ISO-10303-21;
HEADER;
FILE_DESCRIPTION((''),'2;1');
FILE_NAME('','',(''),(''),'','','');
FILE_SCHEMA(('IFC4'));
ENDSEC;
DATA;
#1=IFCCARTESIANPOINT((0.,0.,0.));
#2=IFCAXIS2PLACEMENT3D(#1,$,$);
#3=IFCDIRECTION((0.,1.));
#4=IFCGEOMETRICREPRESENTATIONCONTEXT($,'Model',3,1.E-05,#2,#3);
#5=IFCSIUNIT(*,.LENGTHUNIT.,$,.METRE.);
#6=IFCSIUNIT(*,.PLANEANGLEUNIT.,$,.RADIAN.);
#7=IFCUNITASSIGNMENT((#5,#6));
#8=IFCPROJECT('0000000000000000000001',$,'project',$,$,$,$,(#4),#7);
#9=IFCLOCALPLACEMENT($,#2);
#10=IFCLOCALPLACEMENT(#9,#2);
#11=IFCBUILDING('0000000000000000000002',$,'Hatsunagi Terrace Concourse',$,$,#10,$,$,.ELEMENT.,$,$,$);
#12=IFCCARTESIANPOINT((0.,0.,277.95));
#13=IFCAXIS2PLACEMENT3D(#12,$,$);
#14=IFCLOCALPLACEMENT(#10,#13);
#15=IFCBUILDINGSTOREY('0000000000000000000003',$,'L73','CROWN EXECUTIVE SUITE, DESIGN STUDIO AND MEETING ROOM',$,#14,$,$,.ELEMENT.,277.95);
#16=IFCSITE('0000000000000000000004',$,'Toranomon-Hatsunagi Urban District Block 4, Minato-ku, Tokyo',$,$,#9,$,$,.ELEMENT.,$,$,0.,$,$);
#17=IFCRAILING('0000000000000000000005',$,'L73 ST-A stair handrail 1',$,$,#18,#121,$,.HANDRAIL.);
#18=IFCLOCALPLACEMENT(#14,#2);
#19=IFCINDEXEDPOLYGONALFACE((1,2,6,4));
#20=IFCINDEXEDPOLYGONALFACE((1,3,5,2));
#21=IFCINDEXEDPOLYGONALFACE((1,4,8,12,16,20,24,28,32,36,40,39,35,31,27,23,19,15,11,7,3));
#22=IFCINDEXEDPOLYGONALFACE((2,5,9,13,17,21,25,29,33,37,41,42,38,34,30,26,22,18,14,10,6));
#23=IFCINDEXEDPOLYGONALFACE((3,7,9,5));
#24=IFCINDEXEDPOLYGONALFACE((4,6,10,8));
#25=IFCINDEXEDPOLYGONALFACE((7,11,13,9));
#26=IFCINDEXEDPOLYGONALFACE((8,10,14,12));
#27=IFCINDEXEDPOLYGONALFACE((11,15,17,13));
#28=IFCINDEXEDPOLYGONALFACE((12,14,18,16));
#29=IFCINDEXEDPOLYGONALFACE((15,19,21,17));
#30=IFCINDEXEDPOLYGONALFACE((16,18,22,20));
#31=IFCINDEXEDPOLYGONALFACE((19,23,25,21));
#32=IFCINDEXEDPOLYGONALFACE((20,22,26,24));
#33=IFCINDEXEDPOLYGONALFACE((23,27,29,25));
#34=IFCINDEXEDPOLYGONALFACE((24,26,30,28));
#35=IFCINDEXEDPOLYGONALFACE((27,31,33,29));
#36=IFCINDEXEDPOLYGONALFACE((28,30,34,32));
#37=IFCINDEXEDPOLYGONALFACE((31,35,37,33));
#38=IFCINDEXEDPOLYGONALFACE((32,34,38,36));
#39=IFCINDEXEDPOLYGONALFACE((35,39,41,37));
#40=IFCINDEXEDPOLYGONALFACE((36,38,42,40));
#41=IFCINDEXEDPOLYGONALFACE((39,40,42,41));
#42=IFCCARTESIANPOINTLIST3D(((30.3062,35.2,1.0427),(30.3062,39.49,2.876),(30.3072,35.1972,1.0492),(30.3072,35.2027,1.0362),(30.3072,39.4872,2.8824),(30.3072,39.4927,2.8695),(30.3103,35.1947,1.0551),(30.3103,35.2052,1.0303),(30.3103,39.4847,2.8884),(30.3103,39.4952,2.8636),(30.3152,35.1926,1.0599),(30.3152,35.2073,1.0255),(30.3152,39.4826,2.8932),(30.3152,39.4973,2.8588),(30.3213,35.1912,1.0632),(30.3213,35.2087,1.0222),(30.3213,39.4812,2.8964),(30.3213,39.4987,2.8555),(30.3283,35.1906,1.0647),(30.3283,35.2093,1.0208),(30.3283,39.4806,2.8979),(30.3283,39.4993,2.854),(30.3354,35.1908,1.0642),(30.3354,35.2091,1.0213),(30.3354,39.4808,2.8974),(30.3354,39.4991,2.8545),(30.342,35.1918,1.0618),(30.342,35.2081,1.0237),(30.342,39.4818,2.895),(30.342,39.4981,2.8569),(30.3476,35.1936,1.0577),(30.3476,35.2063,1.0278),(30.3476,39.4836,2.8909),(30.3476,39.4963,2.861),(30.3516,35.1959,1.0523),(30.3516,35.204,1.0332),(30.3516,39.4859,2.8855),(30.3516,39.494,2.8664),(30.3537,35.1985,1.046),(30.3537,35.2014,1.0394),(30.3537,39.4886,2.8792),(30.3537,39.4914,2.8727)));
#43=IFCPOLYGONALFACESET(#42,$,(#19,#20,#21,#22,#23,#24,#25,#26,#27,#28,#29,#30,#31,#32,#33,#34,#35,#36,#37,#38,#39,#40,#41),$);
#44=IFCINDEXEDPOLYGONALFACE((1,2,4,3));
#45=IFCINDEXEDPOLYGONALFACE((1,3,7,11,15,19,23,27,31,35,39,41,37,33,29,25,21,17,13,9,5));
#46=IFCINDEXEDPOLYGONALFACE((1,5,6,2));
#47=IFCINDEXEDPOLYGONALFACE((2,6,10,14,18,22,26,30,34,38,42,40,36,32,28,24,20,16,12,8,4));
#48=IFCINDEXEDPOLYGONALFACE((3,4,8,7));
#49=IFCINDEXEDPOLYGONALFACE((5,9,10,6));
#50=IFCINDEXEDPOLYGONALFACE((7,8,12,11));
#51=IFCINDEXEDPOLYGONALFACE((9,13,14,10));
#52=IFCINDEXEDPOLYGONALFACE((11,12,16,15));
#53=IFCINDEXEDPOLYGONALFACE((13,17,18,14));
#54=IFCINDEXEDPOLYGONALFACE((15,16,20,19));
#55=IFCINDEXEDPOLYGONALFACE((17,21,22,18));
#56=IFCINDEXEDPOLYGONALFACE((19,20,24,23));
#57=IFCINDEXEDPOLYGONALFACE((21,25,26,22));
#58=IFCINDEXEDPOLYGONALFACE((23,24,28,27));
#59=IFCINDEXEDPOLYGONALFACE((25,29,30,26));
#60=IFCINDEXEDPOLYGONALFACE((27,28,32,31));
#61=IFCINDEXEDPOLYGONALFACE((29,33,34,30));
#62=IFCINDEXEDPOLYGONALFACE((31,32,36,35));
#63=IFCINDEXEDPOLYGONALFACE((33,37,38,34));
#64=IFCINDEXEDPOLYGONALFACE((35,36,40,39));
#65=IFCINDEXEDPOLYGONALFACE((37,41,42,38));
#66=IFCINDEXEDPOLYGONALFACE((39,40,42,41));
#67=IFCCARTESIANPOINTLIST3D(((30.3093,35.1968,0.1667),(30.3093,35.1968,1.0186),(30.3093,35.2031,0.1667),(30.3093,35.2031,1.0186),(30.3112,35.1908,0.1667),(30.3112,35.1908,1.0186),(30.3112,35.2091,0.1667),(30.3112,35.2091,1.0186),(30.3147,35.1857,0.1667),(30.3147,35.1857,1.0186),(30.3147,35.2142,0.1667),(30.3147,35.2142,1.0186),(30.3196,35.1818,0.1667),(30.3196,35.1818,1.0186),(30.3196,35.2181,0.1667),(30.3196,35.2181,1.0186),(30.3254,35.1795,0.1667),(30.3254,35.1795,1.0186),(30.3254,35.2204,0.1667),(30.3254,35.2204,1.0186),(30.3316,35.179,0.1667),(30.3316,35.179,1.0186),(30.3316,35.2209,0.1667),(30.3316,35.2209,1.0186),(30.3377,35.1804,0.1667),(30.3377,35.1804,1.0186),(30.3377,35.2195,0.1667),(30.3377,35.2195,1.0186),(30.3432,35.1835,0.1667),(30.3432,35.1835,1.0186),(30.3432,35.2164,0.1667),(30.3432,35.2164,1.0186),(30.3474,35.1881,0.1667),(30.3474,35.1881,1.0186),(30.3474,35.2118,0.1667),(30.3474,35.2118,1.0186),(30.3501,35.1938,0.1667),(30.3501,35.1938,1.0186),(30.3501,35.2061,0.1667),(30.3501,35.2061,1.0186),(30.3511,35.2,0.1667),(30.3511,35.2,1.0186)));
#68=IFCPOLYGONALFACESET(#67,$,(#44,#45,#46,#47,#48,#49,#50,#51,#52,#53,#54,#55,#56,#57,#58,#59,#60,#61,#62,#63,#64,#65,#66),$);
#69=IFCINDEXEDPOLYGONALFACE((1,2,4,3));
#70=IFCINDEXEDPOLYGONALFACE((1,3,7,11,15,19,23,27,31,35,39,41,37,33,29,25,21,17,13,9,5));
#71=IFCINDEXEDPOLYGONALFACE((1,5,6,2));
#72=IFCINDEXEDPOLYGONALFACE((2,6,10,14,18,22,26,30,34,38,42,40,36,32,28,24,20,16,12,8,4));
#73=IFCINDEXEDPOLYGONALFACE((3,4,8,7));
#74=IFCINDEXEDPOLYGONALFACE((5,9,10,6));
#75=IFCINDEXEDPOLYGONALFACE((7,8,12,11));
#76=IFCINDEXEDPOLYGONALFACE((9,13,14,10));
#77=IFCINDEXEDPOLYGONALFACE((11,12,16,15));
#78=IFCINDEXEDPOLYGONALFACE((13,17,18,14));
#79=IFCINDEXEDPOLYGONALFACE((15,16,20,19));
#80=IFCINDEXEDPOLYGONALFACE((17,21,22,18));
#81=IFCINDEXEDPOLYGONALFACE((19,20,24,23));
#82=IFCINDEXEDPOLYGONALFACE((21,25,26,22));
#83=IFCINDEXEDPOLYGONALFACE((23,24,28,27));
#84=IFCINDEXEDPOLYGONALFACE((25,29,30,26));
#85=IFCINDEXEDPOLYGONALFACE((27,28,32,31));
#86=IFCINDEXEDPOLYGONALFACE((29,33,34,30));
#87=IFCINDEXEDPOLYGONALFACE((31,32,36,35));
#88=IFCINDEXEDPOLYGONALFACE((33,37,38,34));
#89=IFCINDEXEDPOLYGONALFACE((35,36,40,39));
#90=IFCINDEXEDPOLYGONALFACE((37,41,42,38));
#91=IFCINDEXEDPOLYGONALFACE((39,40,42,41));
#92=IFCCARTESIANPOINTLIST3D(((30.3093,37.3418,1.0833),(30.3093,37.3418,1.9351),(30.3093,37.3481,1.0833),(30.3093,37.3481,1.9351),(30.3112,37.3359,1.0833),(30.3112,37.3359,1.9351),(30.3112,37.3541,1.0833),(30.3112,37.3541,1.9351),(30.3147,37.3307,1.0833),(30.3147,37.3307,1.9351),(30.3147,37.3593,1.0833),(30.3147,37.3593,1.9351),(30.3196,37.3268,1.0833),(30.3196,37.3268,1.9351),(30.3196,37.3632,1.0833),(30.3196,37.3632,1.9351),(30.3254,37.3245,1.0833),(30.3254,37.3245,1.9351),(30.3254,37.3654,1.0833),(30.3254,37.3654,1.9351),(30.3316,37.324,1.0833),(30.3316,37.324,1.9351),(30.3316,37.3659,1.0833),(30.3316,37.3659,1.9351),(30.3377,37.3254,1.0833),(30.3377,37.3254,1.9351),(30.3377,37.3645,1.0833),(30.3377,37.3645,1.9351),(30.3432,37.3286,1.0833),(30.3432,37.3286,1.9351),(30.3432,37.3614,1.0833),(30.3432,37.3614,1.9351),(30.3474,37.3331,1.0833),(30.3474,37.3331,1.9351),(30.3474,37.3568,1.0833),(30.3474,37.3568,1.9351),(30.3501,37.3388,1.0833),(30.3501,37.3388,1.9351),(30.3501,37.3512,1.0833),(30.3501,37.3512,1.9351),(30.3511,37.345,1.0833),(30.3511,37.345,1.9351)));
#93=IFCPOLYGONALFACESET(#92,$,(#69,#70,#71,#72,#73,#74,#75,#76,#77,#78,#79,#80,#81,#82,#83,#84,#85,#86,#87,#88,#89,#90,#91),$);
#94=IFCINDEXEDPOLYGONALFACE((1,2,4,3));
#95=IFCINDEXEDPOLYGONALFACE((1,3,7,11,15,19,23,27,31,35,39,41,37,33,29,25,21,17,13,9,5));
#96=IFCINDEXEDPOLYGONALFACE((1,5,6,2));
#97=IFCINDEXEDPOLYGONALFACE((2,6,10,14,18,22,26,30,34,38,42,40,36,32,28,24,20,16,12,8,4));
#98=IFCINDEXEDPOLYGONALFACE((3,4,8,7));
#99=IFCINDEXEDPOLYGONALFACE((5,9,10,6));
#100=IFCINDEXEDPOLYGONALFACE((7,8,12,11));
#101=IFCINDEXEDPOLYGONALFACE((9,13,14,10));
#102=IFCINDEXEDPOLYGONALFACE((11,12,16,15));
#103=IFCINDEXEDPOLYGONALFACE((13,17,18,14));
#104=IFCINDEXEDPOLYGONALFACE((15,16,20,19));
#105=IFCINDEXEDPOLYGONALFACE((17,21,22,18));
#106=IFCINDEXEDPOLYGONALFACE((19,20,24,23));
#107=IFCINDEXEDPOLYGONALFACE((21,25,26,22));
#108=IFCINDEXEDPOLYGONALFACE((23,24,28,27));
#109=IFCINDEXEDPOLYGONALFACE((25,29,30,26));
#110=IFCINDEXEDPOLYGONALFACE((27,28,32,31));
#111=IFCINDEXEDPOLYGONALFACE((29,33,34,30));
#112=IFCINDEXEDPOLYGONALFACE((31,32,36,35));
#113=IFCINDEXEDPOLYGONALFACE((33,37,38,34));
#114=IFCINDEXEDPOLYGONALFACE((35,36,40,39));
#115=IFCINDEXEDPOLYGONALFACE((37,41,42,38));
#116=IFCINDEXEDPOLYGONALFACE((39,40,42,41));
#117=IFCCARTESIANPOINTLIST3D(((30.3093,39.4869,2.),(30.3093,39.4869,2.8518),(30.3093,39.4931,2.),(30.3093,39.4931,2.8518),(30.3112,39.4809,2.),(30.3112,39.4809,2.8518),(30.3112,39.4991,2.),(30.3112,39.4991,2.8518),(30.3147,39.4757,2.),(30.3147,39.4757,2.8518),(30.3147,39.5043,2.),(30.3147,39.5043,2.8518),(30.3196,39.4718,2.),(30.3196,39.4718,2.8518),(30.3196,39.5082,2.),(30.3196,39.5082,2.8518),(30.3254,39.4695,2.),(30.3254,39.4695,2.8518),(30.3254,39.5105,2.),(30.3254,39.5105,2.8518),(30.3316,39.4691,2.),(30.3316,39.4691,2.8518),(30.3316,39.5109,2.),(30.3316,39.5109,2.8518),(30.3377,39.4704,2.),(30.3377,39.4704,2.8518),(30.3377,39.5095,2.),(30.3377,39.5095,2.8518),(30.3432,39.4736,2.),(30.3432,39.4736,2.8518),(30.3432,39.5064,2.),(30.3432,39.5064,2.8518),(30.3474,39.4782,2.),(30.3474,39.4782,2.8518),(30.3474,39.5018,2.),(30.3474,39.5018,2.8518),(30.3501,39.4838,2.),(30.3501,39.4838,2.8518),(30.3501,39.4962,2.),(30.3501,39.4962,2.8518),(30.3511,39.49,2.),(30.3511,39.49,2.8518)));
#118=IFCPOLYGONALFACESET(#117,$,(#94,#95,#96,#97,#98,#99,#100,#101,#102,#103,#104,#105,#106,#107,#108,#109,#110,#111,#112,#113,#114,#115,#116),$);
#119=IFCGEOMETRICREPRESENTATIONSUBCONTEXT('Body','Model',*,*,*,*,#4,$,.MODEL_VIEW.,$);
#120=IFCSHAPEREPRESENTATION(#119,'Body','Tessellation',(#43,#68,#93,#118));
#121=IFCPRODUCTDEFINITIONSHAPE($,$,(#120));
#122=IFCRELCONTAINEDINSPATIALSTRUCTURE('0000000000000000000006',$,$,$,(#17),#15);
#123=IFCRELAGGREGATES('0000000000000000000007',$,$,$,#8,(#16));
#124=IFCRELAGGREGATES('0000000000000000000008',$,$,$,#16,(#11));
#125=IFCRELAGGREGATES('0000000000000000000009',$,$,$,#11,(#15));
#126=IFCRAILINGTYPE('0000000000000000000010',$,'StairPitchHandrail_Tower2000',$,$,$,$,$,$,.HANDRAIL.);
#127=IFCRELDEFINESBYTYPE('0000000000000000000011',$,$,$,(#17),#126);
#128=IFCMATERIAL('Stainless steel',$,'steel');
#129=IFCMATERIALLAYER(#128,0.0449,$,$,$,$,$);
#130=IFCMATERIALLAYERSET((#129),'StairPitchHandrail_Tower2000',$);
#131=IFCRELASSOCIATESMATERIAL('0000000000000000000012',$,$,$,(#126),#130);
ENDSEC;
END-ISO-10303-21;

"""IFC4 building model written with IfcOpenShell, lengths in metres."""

from ifc_helpers import new_model, si_unit, direction, frame, origin, origin_2d, place, context, subcontext, project, spatial, circle, extrude, material, layer, layer_set, type_object, element, save


model = new_model("IFC4")

# Units and contexts
model_context = context("Model", 3, precision=1e-05, world=origin(), true_north=direction((0.0, 1.0)))
body_context = subcontext(model_context, "Body", "Model", "MODEL_VIEW")
ifc_project = project(units=[si_unit("LENGTHUNIT", "METRE"), si_unit("PLANEANGLEUNIT", "RADIAN")], contexts=[model_context])

# Site, building, storey
site_placement = place(None, origin())
site = spatial("IfcSite", under=ifc_project, at=site_placement, Name="Toranomon-Hatsunagi Urban District Block 4, Minato-ku, Tokyo", CompositionType="ELEMENT", RefElevation=0.0)
building_placement = place(site_placement, origin())
building = spatial("IfcBuilding", under=site, at=building_placement, Name="Hatsunagi Terrace Concourse", CompositionType="ELEMENT")
storey_placement = place(building_placement, frame((0.0, 0.0, 277.95)))
storey = spatial("IfcBuildingStorey", under=building, at=storey_placement, Name="L73", Description="CROWN EXECUTIVE SUITE, DESIGN STUDIO AND MEETING ROOM", CompositionType="ELEMENT", Elevation=277.95)

# Railing
ifc_material_1 = material(Name="Stainless steel", Category="steel")
ifc_layer_1 = layer(ifc_material_1, 0.0449)
ifc_layer_set_1 = layer_set([ifc_layer_1], Name="StairPitchHandrail_Tower2000")
railing_type_1 = type_object("IfcRailingType", Name="StairPitchHandrail_Tower2000", PredefinedType="HANDRAIL", material=ifc_layer_set_1)
railing_1_placement = place(storey_placement, frame((30.3301, 35.2, 0.1667)))
element("IfcRailing", 1, at=railing_1_placement, inside=storey, type_object=railing_type_1, Name="L73 ST-A stair handrail 1", PredefinedType="HANDRAIL", context=body_context, shape_type="SweptSolid", body=[
    extrude(circle(Radius=0.0239, at=origin_2d()), frame((0.0, 0.0, 0.876), z_axis=(0.0, 0.919559, 0.392953), x_axis=(-1.0, 0.0, 0.0)), (0.0, 0.0, 1.0), 4.6653),
    extrude(circle(Radius=0.021, at=origin_2d()), origin(), (0.0, 0.0, 1.0), 0.8518),
    extrude(circle(Radius=0.021, at=origin_2d()), frame((0.0, 2.145, 0.9165)), (0.0, 0.0, 1.0), 0.8518),
    extrude(circle(Radius=0.021, at=origin_2d()), frame((0.0, 4.29, 1.8333)), (0.0, 0.0, 1.0), 0.8518),
])

save(model, "model.ifc")
